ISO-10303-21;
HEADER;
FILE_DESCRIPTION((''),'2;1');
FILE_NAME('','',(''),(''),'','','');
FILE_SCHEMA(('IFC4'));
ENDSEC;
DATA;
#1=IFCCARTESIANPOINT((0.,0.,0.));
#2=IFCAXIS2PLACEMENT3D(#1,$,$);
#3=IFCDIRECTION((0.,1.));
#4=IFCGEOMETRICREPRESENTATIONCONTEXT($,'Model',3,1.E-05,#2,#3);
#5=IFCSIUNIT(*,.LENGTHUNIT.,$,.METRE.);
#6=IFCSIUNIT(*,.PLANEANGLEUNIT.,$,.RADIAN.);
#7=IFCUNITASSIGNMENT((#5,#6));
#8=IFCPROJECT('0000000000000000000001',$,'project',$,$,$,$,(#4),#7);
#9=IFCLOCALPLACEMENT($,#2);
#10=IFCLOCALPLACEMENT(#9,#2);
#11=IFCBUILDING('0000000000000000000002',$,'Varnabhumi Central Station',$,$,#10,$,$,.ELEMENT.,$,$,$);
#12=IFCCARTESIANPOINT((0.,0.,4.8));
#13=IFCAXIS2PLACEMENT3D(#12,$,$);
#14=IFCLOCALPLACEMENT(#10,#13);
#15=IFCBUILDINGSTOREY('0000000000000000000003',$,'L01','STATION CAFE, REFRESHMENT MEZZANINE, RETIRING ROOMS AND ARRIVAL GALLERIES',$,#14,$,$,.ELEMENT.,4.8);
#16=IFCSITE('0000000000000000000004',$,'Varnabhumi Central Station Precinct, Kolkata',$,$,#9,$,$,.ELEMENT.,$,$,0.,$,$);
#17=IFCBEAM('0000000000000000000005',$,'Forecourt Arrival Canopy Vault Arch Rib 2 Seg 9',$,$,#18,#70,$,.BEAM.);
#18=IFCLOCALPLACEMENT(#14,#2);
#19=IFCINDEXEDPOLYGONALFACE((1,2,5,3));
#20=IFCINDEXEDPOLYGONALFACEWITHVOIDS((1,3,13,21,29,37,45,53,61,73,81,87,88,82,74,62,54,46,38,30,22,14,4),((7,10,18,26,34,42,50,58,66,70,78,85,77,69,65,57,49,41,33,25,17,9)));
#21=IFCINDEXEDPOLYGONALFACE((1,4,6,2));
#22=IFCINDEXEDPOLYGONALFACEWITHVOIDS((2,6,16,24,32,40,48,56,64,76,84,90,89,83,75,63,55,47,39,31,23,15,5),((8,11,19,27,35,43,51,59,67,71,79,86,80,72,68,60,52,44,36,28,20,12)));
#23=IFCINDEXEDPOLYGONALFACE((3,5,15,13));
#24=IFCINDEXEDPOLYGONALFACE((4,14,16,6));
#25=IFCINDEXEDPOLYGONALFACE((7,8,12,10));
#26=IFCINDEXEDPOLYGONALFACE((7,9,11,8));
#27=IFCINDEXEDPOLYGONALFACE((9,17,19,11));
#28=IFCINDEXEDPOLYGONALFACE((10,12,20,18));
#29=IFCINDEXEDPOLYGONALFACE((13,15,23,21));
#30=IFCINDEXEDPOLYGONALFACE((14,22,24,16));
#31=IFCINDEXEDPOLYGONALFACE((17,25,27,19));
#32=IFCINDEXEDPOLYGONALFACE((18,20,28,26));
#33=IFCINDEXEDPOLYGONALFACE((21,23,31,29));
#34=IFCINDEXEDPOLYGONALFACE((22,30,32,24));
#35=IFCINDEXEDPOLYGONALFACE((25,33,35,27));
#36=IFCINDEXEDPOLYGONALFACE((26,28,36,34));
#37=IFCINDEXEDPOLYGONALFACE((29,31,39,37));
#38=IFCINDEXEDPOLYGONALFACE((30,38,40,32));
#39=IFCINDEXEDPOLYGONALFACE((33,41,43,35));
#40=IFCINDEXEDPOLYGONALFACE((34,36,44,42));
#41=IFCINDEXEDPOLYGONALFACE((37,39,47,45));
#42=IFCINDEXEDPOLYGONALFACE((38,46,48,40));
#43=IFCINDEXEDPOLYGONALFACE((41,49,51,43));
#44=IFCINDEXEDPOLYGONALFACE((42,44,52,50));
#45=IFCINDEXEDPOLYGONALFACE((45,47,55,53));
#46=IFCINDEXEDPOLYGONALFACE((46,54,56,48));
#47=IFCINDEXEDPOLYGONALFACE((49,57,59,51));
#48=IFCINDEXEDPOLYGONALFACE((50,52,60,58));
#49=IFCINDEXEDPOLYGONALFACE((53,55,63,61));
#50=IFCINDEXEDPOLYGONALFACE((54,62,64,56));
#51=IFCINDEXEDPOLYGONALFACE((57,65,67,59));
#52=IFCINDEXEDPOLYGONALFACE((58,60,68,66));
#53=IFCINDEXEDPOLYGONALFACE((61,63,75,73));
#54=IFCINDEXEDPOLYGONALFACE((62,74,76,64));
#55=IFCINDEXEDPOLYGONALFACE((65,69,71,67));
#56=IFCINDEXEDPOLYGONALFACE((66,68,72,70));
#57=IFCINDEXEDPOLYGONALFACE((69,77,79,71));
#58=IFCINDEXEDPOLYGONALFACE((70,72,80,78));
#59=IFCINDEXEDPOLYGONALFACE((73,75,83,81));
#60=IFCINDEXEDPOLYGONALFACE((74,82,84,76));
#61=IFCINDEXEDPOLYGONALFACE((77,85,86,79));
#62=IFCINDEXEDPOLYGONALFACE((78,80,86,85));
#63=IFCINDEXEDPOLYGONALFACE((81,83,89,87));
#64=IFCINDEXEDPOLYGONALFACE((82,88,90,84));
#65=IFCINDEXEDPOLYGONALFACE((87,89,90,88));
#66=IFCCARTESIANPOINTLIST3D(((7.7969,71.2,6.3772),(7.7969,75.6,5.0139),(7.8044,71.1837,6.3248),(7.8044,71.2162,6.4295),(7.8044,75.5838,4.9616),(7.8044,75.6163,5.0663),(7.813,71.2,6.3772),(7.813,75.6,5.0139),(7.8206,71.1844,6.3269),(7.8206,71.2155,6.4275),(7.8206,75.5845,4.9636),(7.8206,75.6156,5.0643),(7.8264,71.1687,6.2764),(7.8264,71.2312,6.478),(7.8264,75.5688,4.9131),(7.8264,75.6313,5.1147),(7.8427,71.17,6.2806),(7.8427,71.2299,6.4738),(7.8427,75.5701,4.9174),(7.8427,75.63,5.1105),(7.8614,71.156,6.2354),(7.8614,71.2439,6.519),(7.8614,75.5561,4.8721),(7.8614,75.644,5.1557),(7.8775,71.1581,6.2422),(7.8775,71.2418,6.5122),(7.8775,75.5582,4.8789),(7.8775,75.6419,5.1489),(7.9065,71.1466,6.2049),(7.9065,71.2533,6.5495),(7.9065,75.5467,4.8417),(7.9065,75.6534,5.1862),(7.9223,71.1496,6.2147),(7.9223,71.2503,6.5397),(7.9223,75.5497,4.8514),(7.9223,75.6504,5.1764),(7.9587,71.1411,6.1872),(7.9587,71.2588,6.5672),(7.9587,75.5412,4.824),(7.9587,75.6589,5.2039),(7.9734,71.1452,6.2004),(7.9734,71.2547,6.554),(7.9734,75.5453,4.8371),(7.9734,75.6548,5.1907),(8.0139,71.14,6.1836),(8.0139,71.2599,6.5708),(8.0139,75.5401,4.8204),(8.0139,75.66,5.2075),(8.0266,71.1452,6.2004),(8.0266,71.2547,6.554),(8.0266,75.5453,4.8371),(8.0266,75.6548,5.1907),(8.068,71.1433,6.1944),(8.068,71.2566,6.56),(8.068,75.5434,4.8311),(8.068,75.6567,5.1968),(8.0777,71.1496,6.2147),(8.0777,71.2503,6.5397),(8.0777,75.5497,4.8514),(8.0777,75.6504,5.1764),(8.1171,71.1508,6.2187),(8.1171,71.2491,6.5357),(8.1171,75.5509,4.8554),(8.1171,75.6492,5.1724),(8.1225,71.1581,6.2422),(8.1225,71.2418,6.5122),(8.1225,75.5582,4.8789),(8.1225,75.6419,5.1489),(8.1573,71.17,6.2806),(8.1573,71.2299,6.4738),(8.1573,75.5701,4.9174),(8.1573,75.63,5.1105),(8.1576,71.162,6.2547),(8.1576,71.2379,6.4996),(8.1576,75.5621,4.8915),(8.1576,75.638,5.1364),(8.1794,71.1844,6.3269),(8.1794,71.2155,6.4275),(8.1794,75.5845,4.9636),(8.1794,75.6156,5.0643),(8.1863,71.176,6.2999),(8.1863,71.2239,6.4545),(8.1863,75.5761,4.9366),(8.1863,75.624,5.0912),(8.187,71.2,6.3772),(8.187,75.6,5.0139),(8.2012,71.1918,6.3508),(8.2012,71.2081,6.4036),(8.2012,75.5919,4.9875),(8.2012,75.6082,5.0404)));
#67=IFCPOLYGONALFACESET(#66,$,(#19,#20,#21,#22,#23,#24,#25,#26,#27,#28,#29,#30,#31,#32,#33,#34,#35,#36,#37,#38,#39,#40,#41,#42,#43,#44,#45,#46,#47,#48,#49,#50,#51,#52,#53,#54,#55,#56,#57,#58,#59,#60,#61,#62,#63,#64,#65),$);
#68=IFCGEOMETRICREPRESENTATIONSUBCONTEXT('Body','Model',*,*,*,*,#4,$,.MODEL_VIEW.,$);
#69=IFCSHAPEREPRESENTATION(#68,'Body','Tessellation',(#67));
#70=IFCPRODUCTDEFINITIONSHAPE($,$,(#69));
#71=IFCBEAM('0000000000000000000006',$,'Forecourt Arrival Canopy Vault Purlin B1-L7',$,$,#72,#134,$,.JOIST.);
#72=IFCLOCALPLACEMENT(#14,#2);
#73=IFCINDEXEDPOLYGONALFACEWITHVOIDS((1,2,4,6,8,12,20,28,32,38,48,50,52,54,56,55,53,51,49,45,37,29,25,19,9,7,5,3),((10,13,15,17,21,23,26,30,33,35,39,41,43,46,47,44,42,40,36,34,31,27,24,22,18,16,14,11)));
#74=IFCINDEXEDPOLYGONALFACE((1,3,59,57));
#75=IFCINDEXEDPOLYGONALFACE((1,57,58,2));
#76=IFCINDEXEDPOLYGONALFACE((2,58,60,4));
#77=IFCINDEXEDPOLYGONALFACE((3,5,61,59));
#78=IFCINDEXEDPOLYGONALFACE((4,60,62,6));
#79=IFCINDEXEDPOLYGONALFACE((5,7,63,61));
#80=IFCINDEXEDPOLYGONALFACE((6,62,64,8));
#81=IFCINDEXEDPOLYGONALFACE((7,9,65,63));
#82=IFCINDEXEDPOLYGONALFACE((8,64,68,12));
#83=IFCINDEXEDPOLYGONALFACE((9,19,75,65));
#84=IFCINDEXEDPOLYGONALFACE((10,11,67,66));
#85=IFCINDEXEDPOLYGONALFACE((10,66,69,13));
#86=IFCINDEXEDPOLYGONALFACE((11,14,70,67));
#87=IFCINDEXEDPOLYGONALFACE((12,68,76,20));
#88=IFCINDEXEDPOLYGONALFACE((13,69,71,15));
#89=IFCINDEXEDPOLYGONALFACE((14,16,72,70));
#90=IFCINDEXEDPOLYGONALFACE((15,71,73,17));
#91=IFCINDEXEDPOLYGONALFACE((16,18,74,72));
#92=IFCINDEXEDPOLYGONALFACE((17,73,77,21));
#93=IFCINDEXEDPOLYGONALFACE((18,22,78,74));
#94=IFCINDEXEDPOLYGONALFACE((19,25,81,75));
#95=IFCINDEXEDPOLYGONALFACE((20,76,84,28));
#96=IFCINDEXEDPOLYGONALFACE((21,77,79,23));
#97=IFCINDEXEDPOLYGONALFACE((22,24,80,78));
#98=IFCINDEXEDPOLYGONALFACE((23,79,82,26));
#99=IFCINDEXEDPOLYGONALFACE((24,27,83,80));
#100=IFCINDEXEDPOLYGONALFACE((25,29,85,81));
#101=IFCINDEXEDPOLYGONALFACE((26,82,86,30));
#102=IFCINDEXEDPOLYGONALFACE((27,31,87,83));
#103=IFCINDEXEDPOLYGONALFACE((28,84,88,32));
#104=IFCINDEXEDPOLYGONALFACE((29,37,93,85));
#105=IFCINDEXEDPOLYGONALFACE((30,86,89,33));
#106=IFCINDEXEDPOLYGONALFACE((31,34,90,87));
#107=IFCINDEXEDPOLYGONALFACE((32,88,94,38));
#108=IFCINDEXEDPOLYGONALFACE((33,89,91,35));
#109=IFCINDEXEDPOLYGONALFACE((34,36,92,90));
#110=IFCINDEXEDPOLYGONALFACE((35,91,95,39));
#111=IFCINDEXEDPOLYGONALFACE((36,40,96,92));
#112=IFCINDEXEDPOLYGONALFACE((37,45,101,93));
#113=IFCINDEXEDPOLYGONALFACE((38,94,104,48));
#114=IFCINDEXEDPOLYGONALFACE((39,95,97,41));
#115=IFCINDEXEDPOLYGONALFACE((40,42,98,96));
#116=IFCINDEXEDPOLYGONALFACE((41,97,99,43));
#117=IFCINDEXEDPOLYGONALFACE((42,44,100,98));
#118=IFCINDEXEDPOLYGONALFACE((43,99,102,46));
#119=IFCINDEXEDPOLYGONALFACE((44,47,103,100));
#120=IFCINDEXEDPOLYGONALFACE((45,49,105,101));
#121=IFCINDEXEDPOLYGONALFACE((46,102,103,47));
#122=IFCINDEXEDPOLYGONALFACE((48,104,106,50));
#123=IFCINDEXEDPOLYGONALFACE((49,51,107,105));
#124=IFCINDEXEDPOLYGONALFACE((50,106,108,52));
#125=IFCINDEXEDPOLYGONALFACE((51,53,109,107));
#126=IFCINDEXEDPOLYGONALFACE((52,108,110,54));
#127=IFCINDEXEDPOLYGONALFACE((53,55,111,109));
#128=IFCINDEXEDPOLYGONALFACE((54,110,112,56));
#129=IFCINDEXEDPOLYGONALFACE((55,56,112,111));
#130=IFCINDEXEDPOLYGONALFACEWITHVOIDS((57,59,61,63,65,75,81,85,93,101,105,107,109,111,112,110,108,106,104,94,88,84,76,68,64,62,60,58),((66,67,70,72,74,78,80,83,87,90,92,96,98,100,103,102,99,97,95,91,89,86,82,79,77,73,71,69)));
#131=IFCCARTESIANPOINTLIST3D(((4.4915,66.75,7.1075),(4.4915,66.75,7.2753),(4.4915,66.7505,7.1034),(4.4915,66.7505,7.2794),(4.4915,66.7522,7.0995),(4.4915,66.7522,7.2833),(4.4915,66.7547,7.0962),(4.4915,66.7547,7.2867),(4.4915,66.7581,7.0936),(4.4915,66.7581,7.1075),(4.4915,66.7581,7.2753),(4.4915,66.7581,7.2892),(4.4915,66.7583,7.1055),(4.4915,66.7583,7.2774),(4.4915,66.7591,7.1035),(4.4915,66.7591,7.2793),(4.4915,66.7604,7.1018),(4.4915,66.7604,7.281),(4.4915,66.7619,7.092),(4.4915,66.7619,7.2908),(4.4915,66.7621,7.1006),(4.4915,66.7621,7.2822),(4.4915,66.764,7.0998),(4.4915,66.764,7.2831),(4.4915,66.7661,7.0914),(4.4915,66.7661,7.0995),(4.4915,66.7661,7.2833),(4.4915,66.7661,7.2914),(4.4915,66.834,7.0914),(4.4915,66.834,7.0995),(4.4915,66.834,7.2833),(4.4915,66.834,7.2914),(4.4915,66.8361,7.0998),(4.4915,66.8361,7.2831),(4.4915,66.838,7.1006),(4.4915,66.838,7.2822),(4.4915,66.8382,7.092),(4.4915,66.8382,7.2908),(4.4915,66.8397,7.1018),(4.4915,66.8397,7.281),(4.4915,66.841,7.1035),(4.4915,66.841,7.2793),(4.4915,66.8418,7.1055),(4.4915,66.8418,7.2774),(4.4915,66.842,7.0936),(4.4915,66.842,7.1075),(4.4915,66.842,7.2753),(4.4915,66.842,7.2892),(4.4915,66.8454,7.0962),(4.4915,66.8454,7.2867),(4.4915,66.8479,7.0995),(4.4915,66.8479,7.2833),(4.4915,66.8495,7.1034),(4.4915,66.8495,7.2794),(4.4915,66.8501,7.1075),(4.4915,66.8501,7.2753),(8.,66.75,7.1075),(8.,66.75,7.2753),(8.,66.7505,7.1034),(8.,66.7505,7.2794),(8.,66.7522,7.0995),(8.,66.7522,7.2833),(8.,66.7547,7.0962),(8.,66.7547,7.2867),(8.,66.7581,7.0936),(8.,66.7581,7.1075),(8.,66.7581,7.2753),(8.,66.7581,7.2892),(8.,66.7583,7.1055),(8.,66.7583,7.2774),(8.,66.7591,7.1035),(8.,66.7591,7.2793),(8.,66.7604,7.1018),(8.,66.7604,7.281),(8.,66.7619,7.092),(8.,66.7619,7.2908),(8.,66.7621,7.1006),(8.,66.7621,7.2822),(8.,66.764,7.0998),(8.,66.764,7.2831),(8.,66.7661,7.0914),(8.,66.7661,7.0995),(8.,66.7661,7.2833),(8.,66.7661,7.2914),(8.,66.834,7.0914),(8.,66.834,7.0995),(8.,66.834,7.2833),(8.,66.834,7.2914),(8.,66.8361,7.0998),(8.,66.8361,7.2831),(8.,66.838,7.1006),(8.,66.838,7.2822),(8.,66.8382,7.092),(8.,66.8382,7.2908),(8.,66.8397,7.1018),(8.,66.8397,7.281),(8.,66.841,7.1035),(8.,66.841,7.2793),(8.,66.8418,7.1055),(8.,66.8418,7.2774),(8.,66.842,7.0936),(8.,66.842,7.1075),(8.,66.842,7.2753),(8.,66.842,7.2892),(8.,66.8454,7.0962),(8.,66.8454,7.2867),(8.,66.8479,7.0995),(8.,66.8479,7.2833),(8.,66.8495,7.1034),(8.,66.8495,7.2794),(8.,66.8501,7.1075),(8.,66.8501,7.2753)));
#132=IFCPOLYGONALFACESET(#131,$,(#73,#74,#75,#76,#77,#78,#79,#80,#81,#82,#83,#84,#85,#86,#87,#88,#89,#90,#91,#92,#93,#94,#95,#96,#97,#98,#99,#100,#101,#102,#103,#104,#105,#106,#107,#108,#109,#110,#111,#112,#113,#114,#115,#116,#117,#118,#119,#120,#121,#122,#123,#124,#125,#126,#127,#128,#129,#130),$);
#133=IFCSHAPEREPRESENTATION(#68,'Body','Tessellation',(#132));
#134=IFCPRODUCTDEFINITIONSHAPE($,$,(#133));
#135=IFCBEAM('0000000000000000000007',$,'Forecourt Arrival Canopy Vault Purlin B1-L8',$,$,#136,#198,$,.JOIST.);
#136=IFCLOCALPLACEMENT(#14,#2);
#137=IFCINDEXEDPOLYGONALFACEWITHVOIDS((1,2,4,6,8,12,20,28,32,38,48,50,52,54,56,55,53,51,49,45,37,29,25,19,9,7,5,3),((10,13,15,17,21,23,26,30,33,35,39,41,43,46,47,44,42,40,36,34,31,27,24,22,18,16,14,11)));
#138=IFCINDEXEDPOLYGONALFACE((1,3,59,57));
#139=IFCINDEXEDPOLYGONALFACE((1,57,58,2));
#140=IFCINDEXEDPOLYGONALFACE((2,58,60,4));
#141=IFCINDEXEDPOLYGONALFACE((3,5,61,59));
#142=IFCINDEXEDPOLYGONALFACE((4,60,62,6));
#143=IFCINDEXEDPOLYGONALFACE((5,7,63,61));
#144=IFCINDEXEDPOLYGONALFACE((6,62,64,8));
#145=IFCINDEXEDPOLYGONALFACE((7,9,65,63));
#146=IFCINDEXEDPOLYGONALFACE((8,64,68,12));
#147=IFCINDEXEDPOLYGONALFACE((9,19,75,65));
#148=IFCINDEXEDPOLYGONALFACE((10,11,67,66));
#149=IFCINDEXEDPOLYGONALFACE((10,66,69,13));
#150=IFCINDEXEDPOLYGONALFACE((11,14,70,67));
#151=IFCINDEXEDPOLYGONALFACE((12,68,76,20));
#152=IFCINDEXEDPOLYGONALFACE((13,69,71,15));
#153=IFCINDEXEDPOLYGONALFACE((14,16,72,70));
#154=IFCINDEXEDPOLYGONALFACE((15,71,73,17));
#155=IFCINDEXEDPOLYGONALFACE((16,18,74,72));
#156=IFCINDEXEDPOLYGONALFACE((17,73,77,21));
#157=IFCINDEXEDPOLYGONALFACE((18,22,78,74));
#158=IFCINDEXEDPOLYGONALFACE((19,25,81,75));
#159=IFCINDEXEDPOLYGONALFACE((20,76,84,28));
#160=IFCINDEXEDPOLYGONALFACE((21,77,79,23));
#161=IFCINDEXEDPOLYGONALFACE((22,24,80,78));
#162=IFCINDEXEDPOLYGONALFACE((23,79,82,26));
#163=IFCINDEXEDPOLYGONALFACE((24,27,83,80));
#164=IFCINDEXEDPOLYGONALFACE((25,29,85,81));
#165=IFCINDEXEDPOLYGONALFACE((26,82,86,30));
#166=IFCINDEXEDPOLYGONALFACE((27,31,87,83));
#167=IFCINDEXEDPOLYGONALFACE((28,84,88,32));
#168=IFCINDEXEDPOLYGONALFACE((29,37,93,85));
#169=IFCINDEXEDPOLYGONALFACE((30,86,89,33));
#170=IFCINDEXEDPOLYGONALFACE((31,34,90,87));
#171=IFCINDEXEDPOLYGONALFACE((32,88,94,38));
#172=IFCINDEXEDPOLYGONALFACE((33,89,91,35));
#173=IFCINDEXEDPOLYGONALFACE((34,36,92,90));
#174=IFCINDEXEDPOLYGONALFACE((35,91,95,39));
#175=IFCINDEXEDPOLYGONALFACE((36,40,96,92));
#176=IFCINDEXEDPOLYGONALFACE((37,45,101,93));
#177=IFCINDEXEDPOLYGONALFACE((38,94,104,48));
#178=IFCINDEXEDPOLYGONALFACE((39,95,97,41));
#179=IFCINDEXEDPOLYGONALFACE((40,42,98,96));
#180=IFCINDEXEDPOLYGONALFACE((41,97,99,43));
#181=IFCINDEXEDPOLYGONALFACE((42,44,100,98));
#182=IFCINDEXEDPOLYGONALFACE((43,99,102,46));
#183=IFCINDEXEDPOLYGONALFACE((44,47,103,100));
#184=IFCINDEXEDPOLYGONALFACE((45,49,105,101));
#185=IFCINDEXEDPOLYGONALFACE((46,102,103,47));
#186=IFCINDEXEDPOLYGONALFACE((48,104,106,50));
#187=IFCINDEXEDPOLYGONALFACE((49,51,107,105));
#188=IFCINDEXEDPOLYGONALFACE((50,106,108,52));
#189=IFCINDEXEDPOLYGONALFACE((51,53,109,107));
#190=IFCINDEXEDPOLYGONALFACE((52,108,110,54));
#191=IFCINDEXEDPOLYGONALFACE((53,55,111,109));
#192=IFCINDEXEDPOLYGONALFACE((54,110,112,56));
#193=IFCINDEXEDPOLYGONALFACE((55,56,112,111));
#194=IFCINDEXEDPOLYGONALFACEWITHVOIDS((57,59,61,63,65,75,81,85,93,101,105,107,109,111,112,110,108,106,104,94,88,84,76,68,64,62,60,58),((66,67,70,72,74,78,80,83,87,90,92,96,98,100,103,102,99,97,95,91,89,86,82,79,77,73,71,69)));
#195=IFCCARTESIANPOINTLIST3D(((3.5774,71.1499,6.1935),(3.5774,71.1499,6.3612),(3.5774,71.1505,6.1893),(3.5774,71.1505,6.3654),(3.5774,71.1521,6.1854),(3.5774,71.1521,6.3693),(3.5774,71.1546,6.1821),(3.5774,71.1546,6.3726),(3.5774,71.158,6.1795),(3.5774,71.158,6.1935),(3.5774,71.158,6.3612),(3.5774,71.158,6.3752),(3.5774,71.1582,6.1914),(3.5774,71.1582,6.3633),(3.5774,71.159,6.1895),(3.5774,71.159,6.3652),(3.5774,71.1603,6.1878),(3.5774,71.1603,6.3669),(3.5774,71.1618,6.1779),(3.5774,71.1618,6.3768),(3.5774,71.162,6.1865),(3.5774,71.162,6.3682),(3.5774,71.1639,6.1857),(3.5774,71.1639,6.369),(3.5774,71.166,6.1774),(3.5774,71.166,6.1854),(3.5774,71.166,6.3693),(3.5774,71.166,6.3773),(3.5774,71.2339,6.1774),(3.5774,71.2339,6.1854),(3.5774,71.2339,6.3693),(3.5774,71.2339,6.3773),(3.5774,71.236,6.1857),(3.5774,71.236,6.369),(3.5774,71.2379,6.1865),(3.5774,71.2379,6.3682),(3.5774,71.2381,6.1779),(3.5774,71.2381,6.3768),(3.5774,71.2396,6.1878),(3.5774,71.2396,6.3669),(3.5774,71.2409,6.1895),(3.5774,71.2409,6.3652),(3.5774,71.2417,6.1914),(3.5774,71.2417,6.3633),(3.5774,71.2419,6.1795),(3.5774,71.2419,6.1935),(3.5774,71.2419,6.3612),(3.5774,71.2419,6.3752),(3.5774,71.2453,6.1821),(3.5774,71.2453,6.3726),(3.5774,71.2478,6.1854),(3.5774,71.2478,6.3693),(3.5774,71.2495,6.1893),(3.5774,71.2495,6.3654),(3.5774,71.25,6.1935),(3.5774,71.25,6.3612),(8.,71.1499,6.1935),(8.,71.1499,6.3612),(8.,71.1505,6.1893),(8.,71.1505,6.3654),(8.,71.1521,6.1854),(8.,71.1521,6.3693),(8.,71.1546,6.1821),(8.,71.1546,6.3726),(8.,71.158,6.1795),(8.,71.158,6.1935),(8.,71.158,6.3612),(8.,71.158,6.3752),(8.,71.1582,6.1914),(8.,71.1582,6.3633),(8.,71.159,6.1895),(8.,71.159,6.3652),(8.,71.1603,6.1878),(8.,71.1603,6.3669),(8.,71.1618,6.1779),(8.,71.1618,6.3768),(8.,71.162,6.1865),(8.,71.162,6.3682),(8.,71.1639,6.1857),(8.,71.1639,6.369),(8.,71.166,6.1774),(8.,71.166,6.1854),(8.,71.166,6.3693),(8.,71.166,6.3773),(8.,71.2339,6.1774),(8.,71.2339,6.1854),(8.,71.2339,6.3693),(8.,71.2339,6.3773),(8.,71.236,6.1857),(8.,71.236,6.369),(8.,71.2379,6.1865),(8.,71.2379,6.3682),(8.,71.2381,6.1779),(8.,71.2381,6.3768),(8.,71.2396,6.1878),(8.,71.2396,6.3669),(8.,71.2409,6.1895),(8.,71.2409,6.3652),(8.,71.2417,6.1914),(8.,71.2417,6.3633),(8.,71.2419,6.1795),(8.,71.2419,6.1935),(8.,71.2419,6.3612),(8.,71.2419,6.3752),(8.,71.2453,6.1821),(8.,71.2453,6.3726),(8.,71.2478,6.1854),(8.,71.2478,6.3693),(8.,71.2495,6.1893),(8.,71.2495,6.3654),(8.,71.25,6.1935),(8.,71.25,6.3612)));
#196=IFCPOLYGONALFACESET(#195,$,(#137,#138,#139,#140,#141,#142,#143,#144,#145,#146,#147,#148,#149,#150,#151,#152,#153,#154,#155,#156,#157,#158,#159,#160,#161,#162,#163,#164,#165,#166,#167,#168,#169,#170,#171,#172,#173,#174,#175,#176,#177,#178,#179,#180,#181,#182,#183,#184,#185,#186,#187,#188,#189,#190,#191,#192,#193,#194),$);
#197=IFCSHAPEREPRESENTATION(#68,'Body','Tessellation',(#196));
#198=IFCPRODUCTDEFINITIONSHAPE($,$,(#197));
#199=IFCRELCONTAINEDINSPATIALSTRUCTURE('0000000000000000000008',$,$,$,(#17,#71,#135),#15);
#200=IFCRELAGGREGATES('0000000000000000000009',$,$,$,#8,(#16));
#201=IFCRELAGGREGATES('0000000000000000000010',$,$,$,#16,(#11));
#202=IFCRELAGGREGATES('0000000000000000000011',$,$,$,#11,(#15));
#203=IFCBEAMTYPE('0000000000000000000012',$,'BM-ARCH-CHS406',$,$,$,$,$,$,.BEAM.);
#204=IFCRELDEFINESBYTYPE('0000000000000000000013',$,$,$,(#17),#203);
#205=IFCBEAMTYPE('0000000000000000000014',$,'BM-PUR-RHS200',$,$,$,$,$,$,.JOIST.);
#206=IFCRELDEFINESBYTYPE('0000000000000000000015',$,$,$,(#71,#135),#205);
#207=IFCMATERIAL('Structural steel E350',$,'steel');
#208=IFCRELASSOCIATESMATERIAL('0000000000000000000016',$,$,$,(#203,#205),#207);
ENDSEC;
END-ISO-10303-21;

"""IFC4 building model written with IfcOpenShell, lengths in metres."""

from ifc_helpers import new_model, si_unit, direction, frame, origin, origin_2d, place, context, subcontext, project, spatial, hollow_rectangle, hollow_circle, extrude, material, material_profile, profile_set, type_object, element, save


model = new_model("IFC4")

# Units and contexts
model_context = context("Model", 3, precision=1e-05, world=origin(), true_north=direction((0.0, 1.0)))
body_context = subcontext(model_context, "Body", "Model", "MODEL_VIEW")
ifc_project = project(units=[si_unit("LENGTHUNIT", "METRE"), si_unit("PLANEANGLEUNIT", "RADIAN")], contexts=[model_context])

# Site, building, storey
site_placement = place(None, origin())
site = spatial("IfcSite", under=ifc_project, at=site_placement, Name="Varnabhumi Central Station Precinct, Kolkata", CompositionType="ELEMENT", RefElevation=0.0)
building_placement = place(site_placement, origin())
building = spatial("IfcBuilding", under=site, at=building_placement, Name="Varnabhumi Central Station", CompositionType="ELEMENT")
storey_placement = place(building_placement, frame((0.0, 0.0, 4.8)))
storey = spatial("IfcBuildingStorey", under=building, at=storey_placement, Name="L01", Description="STATION CAFE, REFRESHMENT MEZZANINE, RETIRING ROOMS AND ARRIVAL GALLERIES", CompositionType="ELEMENT", Elevation=4.8)

# Beams
ifc_material_1 = material(Name="Structural steel E350", Category="steel")
ifc_material_profile_1 = material_profile(ifc_material_1, hollow_circle(Radius=0.2031, WallThickness=0.0161, at=origin_2d()), Name="Structural steel E350", Category="steel")
ifc_profile_set_1 = profile_set([ifc_material_profile_1], Name="Structural steel E350")
beam_type_1 = type_object("IfcBeamType", Name="BM-ARCH-CHS406", PredefinedType="BEAM", material=ifc_profile_set_1)
beam_1_placement = place(storey_placement, frame((8.0, 71.2, 6.3772), z_axis=(0.0, 0.955204, -0.295947), x_axis=(-1.0, 0.0, 0.0)))
element("IfcBeam", 1, at=beam_1_placement, inside=storey, type_object=beam_type_1, Name="Forecourt Arrival Canopy Vault Arch Rib 2 Seg 9", PredefinedType="BEAM", context=body_context, shape_type="SweptSolid", body=[
    extrude(hollow_circle(Radius=0.2031, WallThickness=0.0161, at=origin_2d()), origin(), (0.0, 0.0, 1.0), 4.6064),
])
ifc_material_profile_2 = material_profile(ifc_material_1, hollow_rectangle(XDim=0.1001, YDim=0.2, WallThickness=0.0081, InnerFilletRadius=0.0081, OuterFilletRadius=0.0161, at=origin_2d()), Name="Structural steel E350", Category="steel")
ifc_profile_set_2 = profile_set([ifc_material_profile_2], Name="Structural steel E350")
beam_type_2 = type_object("IfcBeamType", Name="BM-PUR-RHS200", PredefinedType="JOIST", material=ifc_profile_set_2)
beam_2_placement = place(storey_placement, frame((4.4915, 66.8, 7.1914), z_axis=(1.0, 0.0, 0.0), x_axis=(0.0, 1.0, 0.0)))
element("IfcBeam", 2, at=beam_2_placement, inside=storey, type_object=beam_type_2, Name="Forecourt Arrival Canopy Vault Purlin B1-L7", PredefinedType="JOIST", context=body_context, shape_type="SweptSolid", body=[
    extrude(hollow_rectangle(XDim=0.1001, YDim=0.2, WallThickness=0.0081, InnerFilletRadius=0.0081, OuterFilletRadius=0.0161, at=origin_2d()), origin(), (0.0, 0.0, 1.0), 3.5085),
])
beam_3_placement = place(storey_placement, frame((3.5774, 71.2, 6.2773), z_axis=(1.0, 0.0, 0.0), x_axis=(0.0, 1.0, 0.0)))
element("IfcBeam", 3, at=beam_3_placement, inside=storey, type_object=beam_type_2, Name="Forecourt Arrival Canopy Vault Purlin B1-L8", PredefinedType="JOIST", context=body_context, shape_type="SweptSolid", body=[
    extrude(hollow_rectangle(XDim=0.1001, YDim=0.2, WallThickness=0.0081, InnerFilletRadius=0.0081, OuterFilletRadius=0.0161, at=origin_2d()), origin(), (0.0, 0.0, 1.0), 4.4226),
])

save(model, "model.ifc")
